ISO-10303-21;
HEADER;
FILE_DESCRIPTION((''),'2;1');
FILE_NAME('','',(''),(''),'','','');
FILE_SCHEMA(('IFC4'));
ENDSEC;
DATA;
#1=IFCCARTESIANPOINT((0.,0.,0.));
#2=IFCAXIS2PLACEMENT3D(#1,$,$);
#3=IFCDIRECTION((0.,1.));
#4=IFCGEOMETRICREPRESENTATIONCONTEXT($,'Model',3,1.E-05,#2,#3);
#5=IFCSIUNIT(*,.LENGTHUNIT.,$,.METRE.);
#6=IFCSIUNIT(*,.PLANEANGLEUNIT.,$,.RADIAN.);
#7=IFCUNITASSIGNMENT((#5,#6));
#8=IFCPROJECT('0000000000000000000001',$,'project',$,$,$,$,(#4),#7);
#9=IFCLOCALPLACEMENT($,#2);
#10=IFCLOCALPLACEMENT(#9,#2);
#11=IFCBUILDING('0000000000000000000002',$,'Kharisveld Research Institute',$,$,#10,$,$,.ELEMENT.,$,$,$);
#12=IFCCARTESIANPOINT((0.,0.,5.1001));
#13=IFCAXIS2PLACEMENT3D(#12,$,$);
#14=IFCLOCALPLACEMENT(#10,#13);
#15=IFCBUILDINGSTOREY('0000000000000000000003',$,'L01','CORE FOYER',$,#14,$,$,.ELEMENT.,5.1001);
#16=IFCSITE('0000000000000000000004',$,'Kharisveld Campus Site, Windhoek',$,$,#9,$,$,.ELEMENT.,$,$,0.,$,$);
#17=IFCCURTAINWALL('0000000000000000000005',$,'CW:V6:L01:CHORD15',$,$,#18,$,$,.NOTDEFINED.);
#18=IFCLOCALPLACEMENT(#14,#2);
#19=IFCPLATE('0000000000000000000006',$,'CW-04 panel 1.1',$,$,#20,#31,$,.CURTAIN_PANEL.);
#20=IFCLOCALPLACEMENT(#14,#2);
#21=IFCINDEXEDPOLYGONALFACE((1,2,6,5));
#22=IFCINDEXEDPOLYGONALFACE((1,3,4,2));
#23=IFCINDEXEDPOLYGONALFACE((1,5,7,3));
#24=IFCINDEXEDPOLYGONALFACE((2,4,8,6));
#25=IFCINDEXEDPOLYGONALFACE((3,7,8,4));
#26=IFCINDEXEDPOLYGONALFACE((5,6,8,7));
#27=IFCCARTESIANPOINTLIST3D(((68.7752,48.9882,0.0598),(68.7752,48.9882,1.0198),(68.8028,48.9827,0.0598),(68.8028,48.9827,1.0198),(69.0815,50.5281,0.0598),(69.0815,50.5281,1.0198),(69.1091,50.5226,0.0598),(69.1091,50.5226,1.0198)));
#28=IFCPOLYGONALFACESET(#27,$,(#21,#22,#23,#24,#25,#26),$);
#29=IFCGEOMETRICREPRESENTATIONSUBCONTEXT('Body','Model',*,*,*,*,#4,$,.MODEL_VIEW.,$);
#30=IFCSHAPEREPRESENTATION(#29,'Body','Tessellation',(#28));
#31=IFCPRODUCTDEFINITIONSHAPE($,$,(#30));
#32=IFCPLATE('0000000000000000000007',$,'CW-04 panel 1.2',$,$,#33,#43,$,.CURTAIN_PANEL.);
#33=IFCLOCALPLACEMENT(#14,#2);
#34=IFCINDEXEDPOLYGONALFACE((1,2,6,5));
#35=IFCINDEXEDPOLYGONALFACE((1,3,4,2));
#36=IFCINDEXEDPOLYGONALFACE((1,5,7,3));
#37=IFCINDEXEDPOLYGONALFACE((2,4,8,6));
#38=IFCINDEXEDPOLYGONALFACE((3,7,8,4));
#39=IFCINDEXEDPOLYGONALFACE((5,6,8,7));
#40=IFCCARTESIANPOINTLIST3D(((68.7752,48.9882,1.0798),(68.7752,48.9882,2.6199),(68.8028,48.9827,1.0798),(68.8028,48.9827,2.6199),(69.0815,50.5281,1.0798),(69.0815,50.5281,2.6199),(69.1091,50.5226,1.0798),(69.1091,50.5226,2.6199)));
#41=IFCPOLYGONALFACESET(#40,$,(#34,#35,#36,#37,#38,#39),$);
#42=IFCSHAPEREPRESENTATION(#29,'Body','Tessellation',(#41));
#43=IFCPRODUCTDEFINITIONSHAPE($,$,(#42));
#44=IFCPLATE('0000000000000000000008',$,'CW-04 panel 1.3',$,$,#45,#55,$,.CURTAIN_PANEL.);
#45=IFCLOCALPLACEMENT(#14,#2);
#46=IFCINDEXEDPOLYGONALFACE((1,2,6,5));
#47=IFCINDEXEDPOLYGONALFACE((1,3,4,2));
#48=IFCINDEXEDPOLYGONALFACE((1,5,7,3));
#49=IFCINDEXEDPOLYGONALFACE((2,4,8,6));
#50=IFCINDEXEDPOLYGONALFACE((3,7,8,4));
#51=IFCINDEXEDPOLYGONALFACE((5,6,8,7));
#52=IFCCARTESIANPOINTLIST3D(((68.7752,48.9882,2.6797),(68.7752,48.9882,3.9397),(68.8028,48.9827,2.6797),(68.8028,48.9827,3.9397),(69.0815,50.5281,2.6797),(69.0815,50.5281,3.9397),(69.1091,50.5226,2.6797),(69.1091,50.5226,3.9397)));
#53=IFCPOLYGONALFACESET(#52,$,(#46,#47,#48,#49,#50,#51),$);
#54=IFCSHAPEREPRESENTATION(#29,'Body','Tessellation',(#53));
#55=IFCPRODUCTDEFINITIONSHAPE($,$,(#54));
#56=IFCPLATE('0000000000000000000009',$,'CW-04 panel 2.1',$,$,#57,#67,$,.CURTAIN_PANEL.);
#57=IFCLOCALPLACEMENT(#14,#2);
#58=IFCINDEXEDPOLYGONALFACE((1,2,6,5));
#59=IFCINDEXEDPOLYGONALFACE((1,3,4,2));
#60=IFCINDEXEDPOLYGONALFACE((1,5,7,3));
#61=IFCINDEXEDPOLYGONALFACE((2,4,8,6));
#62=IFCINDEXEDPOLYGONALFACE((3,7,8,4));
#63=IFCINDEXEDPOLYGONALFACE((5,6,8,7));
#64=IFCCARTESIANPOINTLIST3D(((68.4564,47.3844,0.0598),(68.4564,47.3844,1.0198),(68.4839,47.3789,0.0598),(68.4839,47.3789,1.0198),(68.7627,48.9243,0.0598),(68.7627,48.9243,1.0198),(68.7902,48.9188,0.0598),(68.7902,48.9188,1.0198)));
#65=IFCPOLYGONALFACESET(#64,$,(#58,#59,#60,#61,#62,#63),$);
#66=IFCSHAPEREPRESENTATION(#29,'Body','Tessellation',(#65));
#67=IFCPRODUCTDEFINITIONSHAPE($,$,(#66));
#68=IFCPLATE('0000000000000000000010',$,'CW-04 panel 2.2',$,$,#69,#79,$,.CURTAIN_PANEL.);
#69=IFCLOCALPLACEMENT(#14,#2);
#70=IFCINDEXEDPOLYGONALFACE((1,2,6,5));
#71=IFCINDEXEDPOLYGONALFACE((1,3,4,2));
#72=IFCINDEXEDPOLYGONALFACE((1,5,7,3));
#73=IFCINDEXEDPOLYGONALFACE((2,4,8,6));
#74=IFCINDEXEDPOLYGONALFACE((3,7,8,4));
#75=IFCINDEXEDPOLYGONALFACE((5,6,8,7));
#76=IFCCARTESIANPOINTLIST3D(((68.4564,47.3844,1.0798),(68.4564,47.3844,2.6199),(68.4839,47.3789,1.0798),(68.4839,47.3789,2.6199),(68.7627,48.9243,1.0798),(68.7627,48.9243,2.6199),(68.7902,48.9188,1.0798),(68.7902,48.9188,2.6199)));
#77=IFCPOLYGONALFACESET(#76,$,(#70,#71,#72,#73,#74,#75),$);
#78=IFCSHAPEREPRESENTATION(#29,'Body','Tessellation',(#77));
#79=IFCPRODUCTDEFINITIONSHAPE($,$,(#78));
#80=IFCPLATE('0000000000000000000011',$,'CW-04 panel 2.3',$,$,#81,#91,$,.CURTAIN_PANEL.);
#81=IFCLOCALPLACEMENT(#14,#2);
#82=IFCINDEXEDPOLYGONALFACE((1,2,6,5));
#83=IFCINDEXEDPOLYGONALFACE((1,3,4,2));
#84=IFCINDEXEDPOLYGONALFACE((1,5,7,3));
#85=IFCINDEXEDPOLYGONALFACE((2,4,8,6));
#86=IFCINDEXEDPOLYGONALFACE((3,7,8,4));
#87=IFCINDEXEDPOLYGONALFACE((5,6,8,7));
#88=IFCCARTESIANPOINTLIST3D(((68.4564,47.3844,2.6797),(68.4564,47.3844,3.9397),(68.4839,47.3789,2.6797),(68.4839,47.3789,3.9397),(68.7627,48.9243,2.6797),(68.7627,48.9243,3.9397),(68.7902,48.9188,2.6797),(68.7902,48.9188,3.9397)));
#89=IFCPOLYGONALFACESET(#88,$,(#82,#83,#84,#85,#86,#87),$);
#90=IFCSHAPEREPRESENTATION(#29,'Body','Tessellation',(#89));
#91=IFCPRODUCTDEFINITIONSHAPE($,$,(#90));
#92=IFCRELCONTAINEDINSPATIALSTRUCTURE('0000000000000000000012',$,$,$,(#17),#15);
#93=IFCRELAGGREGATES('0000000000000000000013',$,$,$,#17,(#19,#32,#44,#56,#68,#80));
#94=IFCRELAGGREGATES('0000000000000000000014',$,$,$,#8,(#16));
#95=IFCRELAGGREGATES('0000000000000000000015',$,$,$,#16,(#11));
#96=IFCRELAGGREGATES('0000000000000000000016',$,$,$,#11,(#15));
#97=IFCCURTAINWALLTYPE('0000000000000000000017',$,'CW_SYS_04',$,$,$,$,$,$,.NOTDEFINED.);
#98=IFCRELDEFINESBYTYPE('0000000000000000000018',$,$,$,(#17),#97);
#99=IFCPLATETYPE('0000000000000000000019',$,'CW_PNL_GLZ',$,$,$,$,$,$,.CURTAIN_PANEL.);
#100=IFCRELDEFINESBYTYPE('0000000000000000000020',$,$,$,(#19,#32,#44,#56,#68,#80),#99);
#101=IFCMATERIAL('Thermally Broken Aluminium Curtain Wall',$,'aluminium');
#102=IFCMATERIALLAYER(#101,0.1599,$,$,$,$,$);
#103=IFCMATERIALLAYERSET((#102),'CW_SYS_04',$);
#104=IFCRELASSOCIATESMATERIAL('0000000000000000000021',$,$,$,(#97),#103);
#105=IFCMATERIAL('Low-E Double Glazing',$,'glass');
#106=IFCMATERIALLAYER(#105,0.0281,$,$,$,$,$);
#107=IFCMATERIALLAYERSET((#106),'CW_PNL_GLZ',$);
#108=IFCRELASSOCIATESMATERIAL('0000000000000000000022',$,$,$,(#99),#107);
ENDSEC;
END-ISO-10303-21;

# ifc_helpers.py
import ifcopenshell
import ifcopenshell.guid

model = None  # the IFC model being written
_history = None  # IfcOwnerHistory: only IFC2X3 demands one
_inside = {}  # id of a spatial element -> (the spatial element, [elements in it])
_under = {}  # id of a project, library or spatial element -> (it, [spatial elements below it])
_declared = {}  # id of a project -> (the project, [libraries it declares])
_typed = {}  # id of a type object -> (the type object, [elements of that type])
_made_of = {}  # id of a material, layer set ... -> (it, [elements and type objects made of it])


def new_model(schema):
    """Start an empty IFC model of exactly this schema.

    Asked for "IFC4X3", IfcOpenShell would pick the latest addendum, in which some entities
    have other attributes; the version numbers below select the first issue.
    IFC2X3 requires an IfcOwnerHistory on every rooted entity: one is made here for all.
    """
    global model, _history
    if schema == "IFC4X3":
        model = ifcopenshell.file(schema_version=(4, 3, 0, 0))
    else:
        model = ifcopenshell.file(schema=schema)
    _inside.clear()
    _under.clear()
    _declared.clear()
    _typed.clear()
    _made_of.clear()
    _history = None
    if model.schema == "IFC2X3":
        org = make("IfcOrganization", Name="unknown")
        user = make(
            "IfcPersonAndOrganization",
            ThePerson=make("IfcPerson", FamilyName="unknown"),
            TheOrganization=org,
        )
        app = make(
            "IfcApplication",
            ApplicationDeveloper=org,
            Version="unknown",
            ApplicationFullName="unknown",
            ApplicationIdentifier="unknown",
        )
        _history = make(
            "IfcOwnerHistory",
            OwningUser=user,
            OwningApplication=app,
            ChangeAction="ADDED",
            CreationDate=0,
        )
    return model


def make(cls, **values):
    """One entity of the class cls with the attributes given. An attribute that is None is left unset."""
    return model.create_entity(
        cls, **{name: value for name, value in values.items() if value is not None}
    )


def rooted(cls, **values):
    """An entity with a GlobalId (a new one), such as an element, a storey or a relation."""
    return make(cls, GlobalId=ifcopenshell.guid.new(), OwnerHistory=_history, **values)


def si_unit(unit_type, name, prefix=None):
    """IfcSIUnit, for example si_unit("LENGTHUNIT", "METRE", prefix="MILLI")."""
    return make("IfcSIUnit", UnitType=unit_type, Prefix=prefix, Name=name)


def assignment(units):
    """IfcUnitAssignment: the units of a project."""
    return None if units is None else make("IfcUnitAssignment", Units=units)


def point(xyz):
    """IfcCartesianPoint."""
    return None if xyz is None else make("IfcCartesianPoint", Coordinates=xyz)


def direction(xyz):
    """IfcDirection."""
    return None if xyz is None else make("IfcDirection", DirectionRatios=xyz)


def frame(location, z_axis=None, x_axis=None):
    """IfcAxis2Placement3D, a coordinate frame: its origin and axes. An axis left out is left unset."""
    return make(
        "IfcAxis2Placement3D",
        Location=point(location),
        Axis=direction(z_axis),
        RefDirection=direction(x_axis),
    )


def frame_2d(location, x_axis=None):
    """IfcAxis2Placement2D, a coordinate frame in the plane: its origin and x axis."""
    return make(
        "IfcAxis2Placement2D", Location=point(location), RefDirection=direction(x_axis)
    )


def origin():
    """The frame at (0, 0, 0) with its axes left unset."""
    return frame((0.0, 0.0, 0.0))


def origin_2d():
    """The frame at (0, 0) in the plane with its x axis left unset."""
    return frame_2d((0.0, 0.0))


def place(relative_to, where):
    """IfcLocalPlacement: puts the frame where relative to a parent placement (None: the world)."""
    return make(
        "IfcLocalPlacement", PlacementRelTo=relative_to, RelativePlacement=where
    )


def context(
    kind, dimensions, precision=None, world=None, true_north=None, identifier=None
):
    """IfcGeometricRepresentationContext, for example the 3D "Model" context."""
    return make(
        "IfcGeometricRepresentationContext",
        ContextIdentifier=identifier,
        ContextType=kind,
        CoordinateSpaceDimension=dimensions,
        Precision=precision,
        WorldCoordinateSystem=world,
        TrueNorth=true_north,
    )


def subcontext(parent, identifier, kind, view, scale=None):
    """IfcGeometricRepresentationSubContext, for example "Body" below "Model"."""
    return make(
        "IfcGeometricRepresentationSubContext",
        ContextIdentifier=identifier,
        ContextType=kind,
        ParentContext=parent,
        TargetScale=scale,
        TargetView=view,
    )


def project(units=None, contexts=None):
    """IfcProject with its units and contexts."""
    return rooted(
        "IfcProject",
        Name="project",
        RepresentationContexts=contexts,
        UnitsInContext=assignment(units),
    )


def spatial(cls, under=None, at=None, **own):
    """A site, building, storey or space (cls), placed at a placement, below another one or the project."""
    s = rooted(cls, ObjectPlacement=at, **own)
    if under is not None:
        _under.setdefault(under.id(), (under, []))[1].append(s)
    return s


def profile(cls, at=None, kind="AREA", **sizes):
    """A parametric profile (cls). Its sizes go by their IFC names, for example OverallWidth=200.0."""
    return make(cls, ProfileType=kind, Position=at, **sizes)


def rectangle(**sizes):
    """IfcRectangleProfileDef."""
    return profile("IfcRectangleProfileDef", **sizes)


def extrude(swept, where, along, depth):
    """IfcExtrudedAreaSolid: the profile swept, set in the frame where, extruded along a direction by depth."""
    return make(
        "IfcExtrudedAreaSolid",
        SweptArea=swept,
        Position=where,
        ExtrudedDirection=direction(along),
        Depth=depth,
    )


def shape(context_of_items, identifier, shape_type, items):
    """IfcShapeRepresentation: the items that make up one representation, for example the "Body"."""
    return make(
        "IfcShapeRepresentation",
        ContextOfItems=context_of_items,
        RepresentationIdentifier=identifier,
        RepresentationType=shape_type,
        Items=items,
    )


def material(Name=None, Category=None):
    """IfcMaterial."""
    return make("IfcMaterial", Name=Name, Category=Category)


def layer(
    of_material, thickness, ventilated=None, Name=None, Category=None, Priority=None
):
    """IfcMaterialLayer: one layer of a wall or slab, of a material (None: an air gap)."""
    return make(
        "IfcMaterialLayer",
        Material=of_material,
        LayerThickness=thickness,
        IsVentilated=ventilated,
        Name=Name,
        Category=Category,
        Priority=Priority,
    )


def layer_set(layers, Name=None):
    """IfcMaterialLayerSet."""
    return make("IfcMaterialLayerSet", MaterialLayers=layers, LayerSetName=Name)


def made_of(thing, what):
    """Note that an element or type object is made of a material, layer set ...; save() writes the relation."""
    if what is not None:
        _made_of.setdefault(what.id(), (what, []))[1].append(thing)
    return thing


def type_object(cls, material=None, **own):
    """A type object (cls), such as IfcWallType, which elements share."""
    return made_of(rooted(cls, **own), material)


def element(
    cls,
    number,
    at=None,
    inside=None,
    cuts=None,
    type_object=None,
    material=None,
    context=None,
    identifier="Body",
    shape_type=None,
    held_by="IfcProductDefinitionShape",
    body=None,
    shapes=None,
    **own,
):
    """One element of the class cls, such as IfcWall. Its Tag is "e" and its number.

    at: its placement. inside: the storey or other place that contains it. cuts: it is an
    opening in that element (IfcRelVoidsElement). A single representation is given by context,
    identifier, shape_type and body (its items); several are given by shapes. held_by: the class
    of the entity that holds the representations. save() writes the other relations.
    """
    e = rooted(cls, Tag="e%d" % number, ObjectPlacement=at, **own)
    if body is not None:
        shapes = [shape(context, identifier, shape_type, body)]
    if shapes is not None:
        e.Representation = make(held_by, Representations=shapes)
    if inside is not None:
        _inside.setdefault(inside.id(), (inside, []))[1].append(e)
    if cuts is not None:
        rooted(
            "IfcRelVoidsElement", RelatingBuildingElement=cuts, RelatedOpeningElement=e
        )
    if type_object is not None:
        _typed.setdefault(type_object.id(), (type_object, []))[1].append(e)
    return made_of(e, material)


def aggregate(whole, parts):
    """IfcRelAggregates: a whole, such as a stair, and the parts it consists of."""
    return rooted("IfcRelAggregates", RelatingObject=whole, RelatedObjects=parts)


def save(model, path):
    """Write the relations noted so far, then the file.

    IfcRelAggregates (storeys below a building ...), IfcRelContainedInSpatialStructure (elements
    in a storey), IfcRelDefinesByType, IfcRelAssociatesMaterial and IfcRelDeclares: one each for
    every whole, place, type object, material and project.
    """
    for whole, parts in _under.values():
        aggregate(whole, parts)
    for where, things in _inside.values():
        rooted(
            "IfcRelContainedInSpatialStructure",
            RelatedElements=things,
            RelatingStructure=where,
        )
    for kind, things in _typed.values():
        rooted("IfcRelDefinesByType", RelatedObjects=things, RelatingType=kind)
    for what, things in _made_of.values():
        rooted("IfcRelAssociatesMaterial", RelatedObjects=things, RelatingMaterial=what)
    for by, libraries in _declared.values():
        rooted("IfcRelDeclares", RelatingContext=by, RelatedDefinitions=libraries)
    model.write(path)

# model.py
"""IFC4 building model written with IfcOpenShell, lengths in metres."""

from ifc_helpers import new_model, si_unit, direction, frame, origin, origin_2d, place, context, subcontext, project, spatial, rectangle, extrude, material, layer, layer_set, type_object, element, aggregate, save


model = new_model("IFC4")

# Units and contexts
model_context = context("Model", 3, precision=1e-05, world=origin(), true_north=direction((0.0, 1.0)))
body_context = subcontext(model_context, "Body", "Model", "MODEL_VIEW")
ifc_project = project(units=[si_unit("LENGTHUNIT", "METRE"), si_unit("PLANEANGLEUNIT", "RADIAN")], contexts=[model_context])

# Site, building, storey
site_placement = place(None, origin())
site = spatial("IfcSite", under=ifc_project, at=site_placement, Name="Kharisveld Campus Site, Windhoek", CompositionType="ELEMENT", RefElevation=0.0)
building_placement = place(site_placement, origin())
building = spatial("IfcBuilding", under=site, at=building_placement, Name="Kharisveld Research Institute", CompositionType="ELEMENT")
storey_placement = place(building_placement, frame((0.0, 0.0, 5.1001)))
storey = spatial("IfcBuildingStorey", under=building, at=storey_placement, Name="L01", Description="CORE FOYER", CompositionType="ELEMENT", Elevation=5.1001)

# Curtain wall
ifc_material_1 = material(Name="Thermally Broken Aluminium Curtain Wall", Category="aluminium")
ifc_layer_1 = layer(ifc_material_1, 0.1599)
ifc_layer_set_1 = layer_set([ifc_layer_1], Name="CW_SYS_04")
curtain_wall_type_1 = type_object("IfcCurtainWallType", Name="CW_SYS_04", PredefinedType="NOTDEFINED", material=ifc_layer_set_1)
curtain_wall_1_placement = place(storey_placement, origin())
curtain_wall_1 = element("IfcCurtainWall", 1, at=curtain_wall_1_placement, inside=storey, type_object=curtain_wall_type_1, Name="CW:V6:L01:CHORD15", PredefinedType="NOTDEFINED")

# Plates
ifc_material_2 = material(Name="Low-E Double Glazing", Category="glass")
ifc_layer_2 = layer(ifc_material_2, 0.0281)
ifc_layer_set_2 = layer_set([ifc_layer_2], Name="CW_PNL_GLZ")
plate_type = type_object("IfcPlateType", Name="CW_PNL_GLZ", PredefinedType="CURTAIN_PANEL", material=ifc_layer_set_2)
plate_1_placement = place(storey_placement, frame((68.9421, 49.7554, 0.0598), z_axis=(0.0, 0.0, 1.0), x_axis=(-0.195091, -0.980785, 0.0)))
plate_1 = element("IfcPlate", 2, at=plate_1_placement, type_object=plate_type, Name="CW-04 panel 1.1", PredefinedType="CURTAIN_PANEL", context=body_context, shape_type="SweptSolid", body=[
    extrude(rectangle(XDim=1.5701, YDim=0.0281, at=origin_2d()), origin(), (0.0, 0.0, 1.0), 0.96),
])
plate_2_placement = place(storey_placement, frame((68.9421, 49.7554, 1.0798), z_axis=(0.0, 0.0, 1.0), x_axis=(-0.195091, -0.980785, 0.0)))
plate_2 = element("IfcPlate", 3, at=plate_2_placement, type_object=plate_type, Name="CW-04 panel 1.2", PredefinedType="CURTAIN_PANEL", context=body_context, shape_type="SweptSolid", body=[
    extrude(rectangle(XDim=1.5701, YDim=0.0281, at=origin_2d()), origin(), (0.0, 0.0, 1.0), 1.54),
])
plate_3_placement = place(storey_placement, frame((68.9421, 49.7554, 2.6797), z_axis=(0.0, 0.0, 1.0), x_axis=(-0.195091, -0.980785, 0.0)))
plate_3 = element("IfcPlate", 4, at=plate_3_placement, type_object=plate_type, Name="CW-04 panel 1.3", PredefinedType="CURTAIN_PANEL", context=body_context, shape_type="SweptSolid", body=[
    extrude(rectangle(XDim=1.5701, YDim=0.0281, at=origin_2d()), origin(), (0.0, 0.0, 1.0), 1.26),
])
plate_4_placement = place(storey_placement, frame((68.6233, 48.1516, 0.0598), z_axis=(0.0, 0.0, 1.0), x_axis=(-0.195091, -0.980785, 0.0)))
plate_4 = element("IfcPlate", 5, at=plate_4_placement, type_object=plate_type, Name="CW-04 panel 2.1", PredefinedType="CURTAIN_PANEL", context=body_context, shape_type="SweptSolid", body=[
    extrude(rectangle(XDim=1.5701, YDim=0.0281, at=origin_2d()), origin(), (0.0, 0.0, 1.0), 0.96),
])
plate_5_placement = place(storey_placement, frame((68.6233, 48.1516, 1.0798), z_axis=(0.0, 0.0, 1.0), x_axis=(-0.195091, -0.980785, 0.0)))
plate_5 = element("IfcPlate", 6, at=plate_5_placement, type_object=plate_type, Name="CW-04 panel 2.2", PredefinedType="CURTAIN_PANEL", context=body_context, shape_type="SweptSolid", body=[
    extrude(rectangle(XDim=1.5701, YDim=0.0281, at=origin_2d()), origin(), (0.0, 0.0, 1.0), 1.54),
])
plate_6_placement = place(storey_placement, frame((68.6233, 48.1516, 2.6797), z_axis=(0.0, 0.0, 1.0), x_axis=(-0.195091, -0.980785, 0.0)))
plate_6 = element("IfcPlate", 7, at=plate_6_placement, type_object=plate_type, Name="CW-04 panel 2.3", PredefinedType="CURTAIN_PANEL", context=body_context, shape_type="SweptSolid", body=[
    extrude(rectangle(XDim=1.5701, YDim=0.0281, at=origin_2d()), origin(), (0.0, 0.0, 1.0), 1.26),
])
aggregate(curtain_wall_1, [plate_1, plate_2, plate_3, plate_4, plate_5, plate_6])

save(model, "model.ifc")
